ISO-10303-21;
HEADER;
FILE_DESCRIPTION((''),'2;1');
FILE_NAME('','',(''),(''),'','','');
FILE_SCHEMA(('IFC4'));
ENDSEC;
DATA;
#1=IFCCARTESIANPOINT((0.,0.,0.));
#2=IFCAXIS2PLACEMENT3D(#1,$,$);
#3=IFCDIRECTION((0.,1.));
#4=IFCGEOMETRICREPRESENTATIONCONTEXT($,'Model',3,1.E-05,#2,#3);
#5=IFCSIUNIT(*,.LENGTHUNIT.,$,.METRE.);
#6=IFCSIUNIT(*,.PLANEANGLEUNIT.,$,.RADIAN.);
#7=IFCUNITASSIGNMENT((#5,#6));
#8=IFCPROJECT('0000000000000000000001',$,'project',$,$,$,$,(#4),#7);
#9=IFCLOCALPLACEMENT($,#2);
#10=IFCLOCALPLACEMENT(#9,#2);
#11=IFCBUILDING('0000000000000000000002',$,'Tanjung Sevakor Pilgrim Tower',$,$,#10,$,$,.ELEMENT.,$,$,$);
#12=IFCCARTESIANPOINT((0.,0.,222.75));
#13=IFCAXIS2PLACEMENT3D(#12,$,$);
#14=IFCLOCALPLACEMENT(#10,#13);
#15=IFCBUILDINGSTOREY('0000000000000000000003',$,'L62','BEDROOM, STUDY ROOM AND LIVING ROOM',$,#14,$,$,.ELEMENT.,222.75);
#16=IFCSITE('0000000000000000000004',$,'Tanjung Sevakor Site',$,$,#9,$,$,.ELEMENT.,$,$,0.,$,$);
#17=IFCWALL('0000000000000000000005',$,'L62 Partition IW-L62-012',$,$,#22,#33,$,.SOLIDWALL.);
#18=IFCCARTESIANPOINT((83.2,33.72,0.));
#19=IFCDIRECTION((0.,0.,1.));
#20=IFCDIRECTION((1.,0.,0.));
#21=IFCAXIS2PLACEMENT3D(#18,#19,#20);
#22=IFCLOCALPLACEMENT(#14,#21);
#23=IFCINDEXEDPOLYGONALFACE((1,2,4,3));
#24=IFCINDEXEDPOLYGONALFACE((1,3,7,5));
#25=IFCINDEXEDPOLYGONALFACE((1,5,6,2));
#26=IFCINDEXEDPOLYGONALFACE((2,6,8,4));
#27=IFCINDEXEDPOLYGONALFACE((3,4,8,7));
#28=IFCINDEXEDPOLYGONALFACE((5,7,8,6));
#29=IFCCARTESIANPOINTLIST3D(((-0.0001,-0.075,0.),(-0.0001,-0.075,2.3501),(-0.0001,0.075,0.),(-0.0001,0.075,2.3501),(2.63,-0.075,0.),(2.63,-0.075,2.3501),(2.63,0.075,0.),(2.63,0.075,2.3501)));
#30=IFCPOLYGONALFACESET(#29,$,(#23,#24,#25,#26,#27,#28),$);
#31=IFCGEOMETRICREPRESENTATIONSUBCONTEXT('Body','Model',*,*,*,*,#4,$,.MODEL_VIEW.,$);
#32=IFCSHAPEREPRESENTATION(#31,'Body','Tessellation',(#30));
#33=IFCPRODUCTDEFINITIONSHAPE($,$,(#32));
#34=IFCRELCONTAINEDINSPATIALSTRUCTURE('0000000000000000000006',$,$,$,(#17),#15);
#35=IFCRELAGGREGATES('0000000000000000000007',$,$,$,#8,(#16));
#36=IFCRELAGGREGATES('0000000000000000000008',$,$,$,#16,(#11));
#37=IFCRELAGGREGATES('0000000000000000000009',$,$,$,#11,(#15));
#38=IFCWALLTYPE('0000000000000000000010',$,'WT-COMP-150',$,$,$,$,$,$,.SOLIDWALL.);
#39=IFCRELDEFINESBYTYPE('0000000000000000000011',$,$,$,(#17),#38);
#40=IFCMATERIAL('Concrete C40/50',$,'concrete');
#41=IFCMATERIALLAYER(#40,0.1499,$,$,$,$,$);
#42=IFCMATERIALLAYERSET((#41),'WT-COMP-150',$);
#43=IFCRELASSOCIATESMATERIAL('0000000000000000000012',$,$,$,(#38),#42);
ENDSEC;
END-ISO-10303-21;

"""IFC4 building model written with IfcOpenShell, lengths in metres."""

from ifc_helpers import new_model, si_unit, direction, frame, frame_2d, origin, place, context, subcontext, project, spatial, rectangle, extrude, material, layer, layer_set, type_object, element, save


model = new_model("IFC4")

# Units and contexts
model_context = context("Model", 3, precision=1e-05, world=origin(), true_north=direction((0.0, 1.0)))
body_context = subcontext(model_context, "Body", "Model", "MODEL_VIEW")
ifc_project = project(units=[si_unit("LENGTHUNIT", "METRE"), si_unit("PLANEANGLEUNIT", "RADIAN")], contexts=[model_context])

# Site, building, storey
site_placement = place(None, origin())
site = spatial("IfcSite", under=ifc_project, at=site_placement, Name="Tanjung Sevakor Site", CompositionType="ELEMENT", RefElevation=0.0)
building_placement = place(site_placement, origin())
building = spatial("IfcBuilding", under=site, at=building_placement, Name="Tanjung Sevakor Pilgrim Tower", CompositionType="ELEMENT")
storey_placement = place(building_placement, frame((0.0, 0.0, 222.75)))
storey = spatial("IfcBuildingStorey", under=building, at=storey_placement, Name="L62", Description="BEDROOM, STUDY ROOM AND LIVING ROOM", CompositionType="ELEMENT", Elevation=222.75)

# Wall
ifc_material_1 = material(Name="Concrete C40/50", Category="concrete")
ifc_layer_1 = layer(ifc_material_1, 0.1499)
ifc_layer_set_1 = layer_set([ifc_layer_1], Name="WT-COMP-150")
wall_type_1 = type_object("IfcWallType", Name="WT-COMP-150", PredefinedType="SOLIDWALL", material=ifc_layer_set_1)
wall_1_placement = place(storey_placement, frame((83.2, 33.72, 0.0), z_axis=(0.0, 0.0, 1.0), x_axis=(1.0, 0.0, 0.0)))
element("IfcWall", 1, at=wall_1_placement, inside=storey, type_object=wall_type_1, Name="L62 Partition IW-L62-012", PredefinedType="SOLIDWALL", context=body_context, shape_type="SweptSolid", body=[
    extrude(rectangle(XDim=2.6301, YDim=0.1499, at=frame_2d((1.3149, 0.0))), origin(), (0.0, 0.0, 1.0), 2.3501),
])

save(model, "model.ifc")
